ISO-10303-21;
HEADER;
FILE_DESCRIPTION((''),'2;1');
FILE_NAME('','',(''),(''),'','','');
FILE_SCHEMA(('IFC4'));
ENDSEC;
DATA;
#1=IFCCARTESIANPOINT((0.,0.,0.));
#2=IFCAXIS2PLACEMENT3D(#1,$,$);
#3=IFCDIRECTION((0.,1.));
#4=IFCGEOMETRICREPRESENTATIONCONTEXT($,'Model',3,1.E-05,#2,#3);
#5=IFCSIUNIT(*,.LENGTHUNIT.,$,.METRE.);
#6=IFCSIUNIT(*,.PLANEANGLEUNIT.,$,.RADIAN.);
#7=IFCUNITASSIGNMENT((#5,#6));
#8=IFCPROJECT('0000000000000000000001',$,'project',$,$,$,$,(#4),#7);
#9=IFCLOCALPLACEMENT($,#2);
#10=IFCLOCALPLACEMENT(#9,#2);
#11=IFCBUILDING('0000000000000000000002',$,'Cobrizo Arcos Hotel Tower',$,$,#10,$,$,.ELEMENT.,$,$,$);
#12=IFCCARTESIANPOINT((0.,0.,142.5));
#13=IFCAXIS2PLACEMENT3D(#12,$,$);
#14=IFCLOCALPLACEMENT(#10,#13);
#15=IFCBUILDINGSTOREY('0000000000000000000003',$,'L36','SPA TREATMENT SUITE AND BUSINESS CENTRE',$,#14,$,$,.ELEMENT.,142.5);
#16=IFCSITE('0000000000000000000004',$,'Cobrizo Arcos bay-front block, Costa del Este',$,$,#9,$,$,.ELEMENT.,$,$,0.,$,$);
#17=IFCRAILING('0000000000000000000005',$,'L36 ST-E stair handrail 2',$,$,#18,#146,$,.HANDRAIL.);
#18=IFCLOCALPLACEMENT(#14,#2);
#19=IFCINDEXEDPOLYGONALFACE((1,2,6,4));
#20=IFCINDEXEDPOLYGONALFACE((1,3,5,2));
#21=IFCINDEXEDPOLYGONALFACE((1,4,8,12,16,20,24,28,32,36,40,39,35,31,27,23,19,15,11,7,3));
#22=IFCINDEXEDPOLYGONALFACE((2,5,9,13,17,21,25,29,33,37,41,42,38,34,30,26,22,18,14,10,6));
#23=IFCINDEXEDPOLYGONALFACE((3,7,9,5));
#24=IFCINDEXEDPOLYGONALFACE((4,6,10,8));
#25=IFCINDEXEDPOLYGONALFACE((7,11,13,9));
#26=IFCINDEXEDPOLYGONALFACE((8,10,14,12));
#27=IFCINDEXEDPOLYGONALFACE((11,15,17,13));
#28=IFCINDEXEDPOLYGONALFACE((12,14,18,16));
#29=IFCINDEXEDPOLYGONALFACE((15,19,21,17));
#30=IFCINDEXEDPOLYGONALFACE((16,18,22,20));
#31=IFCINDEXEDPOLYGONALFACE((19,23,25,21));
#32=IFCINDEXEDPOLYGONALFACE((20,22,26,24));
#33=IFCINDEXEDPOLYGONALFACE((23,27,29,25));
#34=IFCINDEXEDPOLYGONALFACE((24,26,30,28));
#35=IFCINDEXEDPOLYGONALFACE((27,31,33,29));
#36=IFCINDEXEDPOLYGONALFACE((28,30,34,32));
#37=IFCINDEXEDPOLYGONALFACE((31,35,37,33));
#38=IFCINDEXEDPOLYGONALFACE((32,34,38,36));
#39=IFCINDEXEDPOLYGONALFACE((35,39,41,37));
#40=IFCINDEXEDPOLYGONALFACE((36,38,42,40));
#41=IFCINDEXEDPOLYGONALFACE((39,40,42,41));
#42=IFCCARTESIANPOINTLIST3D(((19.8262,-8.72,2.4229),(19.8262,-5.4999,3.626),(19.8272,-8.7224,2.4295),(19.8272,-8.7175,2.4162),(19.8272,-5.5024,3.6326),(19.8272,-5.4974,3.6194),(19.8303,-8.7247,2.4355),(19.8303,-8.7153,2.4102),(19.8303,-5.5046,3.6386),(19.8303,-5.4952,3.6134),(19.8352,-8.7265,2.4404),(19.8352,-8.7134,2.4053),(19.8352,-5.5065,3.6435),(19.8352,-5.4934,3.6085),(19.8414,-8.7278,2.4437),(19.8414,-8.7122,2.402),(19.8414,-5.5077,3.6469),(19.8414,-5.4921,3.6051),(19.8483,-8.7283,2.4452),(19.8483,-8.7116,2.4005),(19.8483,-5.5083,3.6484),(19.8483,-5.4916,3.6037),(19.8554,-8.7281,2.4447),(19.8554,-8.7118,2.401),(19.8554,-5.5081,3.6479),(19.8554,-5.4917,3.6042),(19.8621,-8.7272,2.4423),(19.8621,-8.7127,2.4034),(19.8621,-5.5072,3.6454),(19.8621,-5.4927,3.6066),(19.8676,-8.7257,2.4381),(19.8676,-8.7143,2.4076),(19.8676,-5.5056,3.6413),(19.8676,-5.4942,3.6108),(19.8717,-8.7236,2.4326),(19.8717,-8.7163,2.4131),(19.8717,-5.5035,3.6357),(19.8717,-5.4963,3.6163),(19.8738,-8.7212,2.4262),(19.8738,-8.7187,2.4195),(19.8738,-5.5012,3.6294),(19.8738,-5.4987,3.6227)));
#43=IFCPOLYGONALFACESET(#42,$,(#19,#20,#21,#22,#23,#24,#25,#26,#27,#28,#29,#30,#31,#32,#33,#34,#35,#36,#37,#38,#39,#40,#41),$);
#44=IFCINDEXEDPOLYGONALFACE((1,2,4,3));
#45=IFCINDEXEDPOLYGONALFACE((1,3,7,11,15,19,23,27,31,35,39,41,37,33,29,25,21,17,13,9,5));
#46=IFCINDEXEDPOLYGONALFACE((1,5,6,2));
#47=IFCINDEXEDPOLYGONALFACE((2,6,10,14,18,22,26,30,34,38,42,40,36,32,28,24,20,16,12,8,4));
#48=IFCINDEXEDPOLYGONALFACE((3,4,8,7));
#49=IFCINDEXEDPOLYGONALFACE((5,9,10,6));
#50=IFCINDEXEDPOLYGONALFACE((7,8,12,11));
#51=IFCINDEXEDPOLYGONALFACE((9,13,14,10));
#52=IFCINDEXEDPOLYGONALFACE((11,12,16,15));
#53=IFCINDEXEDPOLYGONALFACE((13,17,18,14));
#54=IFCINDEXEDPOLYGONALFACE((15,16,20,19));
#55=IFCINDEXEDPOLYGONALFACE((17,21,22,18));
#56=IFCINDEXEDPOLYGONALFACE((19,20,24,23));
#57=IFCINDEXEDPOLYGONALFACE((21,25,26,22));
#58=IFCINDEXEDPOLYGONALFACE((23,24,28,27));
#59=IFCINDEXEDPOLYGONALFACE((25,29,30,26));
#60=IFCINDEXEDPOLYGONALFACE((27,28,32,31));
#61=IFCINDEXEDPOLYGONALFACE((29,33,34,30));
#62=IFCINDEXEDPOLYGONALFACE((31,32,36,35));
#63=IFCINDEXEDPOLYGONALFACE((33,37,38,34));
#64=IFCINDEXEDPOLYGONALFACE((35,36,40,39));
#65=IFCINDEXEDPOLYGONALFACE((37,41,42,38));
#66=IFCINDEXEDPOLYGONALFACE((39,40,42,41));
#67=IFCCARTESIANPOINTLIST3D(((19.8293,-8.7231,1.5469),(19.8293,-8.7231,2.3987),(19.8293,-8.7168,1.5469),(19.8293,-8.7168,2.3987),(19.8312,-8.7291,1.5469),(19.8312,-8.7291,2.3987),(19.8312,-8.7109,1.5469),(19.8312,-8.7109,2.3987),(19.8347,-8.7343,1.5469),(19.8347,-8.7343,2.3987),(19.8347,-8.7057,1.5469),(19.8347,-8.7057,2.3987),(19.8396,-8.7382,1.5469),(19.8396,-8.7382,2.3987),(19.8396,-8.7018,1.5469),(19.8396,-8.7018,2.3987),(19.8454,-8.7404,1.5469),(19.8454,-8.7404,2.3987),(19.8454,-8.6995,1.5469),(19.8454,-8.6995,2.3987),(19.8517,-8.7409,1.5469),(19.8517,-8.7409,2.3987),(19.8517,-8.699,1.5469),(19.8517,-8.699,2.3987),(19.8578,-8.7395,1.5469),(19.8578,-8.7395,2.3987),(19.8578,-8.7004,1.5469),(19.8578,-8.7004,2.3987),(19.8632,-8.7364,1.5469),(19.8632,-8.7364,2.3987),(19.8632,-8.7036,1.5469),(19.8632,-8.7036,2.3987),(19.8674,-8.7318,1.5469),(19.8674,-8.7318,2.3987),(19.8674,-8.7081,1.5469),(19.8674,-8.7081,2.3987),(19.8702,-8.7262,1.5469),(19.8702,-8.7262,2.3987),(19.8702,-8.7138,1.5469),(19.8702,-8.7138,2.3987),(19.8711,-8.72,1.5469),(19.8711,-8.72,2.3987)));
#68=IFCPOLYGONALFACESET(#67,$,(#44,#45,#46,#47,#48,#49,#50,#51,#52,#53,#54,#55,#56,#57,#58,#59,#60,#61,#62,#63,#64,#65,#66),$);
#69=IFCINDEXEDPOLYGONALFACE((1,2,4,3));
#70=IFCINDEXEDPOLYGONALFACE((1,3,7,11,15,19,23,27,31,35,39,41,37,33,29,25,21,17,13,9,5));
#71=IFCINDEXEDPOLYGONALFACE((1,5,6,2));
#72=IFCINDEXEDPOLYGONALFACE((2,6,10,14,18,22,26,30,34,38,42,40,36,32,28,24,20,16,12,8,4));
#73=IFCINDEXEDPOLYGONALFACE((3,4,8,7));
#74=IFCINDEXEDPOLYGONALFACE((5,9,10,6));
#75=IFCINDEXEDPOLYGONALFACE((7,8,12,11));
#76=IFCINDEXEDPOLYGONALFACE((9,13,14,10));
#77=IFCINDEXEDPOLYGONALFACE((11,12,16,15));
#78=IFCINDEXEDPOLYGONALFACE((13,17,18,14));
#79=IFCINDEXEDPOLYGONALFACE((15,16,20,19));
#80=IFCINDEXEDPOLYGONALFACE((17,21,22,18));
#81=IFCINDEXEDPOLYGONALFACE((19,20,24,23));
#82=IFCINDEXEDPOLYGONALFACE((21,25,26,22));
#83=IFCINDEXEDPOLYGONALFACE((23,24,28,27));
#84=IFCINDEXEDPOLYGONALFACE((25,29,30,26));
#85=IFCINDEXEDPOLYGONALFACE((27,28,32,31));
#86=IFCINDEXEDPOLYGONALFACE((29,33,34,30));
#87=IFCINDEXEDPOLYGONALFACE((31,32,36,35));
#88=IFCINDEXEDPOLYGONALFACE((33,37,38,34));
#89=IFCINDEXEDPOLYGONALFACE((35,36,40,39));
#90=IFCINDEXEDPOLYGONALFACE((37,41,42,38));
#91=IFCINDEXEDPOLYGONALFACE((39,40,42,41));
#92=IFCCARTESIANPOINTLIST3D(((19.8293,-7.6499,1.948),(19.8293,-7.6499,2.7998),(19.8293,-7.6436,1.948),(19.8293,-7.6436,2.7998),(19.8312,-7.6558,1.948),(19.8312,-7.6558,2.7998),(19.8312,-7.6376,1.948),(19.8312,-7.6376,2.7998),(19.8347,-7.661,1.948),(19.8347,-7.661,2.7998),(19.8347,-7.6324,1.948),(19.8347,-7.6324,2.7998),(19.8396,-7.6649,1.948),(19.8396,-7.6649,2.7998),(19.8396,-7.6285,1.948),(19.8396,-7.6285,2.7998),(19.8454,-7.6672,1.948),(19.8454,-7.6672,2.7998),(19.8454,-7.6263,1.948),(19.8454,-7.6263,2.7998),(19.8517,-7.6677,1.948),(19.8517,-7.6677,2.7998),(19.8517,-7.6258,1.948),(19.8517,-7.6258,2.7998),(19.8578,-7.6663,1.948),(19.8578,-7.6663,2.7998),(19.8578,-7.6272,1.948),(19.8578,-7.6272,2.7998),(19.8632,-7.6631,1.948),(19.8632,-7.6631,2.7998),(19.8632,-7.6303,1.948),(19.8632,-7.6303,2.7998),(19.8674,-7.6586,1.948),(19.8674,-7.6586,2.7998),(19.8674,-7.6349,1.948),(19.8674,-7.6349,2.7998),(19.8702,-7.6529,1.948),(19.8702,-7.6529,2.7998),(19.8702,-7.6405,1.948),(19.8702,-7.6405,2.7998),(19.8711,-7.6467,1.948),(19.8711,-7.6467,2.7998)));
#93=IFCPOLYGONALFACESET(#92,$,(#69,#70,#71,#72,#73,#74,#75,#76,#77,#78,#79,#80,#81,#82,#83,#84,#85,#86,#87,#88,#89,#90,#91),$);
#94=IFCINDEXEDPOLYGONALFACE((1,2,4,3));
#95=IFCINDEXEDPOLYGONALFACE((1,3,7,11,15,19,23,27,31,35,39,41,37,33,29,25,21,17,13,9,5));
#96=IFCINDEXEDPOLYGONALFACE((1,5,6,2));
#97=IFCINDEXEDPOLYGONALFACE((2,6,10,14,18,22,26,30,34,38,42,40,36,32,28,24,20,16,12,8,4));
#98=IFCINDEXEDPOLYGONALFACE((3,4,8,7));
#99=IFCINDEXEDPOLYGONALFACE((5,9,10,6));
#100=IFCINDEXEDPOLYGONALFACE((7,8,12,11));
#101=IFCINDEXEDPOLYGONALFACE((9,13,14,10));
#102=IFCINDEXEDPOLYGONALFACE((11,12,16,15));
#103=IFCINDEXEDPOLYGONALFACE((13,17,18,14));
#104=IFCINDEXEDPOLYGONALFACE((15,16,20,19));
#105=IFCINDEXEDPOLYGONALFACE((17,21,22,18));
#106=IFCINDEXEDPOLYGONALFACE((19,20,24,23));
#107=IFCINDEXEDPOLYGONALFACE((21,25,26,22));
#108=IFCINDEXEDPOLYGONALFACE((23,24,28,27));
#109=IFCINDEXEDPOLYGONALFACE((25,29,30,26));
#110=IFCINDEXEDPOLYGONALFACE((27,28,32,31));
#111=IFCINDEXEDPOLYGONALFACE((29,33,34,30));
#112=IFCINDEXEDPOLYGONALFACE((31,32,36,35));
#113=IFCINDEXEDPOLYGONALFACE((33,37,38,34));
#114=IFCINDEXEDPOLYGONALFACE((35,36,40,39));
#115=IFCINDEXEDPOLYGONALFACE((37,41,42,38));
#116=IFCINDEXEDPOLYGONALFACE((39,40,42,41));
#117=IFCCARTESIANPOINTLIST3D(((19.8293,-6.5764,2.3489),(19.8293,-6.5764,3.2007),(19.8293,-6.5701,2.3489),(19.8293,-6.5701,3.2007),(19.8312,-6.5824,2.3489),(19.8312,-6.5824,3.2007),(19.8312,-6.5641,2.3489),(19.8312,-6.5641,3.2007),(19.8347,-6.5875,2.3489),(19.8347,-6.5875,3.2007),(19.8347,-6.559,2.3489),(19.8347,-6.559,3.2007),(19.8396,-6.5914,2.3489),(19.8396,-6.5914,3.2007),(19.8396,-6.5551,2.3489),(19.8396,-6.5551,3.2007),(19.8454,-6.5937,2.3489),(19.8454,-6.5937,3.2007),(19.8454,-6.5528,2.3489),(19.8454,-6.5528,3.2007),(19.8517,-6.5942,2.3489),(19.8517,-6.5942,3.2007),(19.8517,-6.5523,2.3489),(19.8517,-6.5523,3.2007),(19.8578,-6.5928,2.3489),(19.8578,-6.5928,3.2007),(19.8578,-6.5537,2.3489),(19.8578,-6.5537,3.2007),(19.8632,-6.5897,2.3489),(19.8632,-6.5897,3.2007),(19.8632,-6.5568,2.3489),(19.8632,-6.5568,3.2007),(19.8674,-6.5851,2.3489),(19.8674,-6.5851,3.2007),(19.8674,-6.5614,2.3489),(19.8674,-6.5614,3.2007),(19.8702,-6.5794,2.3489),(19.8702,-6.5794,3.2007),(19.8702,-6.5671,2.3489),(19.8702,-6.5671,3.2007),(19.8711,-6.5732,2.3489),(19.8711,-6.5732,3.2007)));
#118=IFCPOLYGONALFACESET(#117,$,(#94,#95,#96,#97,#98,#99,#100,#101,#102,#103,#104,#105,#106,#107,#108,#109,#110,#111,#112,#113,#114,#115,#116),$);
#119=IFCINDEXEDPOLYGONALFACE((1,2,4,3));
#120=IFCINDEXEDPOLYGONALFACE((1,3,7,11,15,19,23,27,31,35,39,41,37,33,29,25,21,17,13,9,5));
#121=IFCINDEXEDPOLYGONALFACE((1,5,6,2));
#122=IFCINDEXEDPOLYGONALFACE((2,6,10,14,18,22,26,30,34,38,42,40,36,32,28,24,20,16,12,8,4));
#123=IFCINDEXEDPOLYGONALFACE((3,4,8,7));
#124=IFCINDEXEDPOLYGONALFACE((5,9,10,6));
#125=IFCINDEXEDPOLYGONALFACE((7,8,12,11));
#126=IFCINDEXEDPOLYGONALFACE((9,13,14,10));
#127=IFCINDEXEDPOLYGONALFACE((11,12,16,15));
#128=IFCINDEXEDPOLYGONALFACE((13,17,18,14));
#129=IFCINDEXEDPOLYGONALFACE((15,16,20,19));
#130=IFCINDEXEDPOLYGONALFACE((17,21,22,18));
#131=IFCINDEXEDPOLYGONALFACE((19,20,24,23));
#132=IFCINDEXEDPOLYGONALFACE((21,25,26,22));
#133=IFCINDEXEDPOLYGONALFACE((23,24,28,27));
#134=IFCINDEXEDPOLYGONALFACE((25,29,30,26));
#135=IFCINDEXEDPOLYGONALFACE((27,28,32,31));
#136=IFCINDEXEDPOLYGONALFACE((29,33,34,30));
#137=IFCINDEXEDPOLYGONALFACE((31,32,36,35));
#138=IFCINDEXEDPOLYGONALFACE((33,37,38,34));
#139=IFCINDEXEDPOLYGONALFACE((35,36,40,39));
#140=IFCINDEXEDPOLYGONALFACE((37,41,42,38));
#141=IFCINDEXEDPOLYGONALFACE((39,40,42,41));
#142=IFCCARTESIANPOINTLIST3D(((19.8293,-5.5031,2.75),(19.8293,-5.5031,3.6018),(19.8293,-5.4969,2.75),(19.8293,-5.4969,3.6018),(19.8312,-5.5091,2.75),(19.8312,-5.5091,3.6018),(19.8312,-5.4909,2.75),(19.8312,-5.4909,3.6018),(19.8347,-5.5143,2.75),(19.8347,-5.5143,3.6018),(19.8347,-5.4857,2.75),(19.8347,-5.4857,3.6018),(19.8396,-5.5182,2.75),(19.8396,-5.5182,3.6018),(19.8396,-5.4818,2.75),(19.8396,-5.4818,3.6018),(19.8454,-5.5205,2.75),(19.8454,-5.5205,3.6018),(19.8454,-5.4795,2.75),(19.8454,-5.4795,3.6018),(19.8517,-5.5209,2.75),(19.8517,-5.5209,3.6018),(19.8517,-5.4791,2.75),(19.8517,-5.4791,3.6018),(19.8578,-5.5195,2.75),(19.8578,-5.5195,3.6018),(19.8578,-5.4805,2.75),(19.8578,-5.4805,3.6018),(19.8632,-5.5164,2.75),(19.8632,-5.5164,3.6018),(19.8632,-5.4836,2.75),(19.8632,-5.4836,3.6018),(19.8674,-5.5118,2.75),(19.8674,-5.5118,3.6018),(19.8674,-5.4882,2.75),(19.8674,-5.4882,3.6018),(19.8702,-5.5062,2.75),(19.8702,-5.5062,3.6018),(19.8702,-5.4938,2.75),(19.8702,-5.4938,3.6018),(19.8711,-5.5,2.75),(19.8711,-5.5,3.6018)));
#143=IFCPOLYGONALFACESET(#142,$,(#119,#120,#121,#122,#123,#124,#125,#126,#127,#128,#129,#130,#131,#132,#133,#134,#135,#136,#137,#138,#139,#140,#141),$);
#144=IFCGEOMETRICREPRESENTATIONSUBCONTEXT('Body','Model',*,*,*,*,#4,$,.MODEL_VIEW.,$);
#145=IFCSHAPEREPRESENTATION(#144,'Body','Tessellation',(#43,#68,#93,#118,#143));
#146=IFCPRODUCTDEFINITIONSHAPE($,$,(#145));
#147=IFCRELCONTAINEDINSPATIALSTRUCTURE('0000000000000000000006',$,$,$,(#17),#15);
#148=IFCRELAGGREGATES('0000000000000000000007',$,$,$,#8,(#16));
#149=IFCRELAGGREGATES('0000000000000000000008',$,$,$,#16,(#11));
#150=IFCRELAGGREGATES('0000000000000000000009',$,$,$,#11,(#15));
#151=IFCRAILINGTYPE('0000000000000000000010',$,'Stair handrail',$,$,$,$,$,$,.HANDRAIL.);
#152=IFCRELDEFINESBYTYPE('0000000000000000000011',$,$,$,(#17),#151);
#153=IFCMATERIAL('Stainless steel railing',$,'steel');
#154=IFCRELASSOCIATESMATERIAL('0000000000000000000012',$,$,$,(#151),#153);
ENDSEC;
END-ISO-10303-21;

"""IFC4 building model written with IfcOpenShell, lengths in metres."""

from ifc_helpers import new_model, si_unit, direction, frame, origin, origin_2d, place, context, subcontext, project, spatial, circle, extrude, material, type_object, element, save


model = new_model("IFC4")

# Units and contexts
model_context = context("Model", 3, precision=1e-05, world=origin(), true_north=direction((0.0, 1.0)))
body_context = subcontext(model_context, "Body", "Model", "MODEL_VIEW")
ifc_project = project(units=[si_unit("LENGTHUNIT", "METRE"), si_unit("PLANEANGLEUNIT", "RADIAN")], contexts=[model_context])

# Site, building, storey
site_placement = place(None, origin())
site = spatial("IfcSite", under=ifc_project, at=site_placement, Name="Cobrizo Arcos bay-front block, Costa del Este", CompositionType="ELEMENT", RefElevation=0.0)
building_placement = place(site_placement, origin())
building = spatial("IfcBuilding", under=site, at=building_placement, Name="Cobrizo Arcos Hotel Tower", CompositionType="ELEMENT")
storey_placement = place(building_placement, frame((0.0, 0.0, 142.5)))
storey = spatial("IfcBuildingStorey", under=building, at=storey_placement, Name="L36", Description="SPA TREATMENT SUITE AND BUSINESS CENTRE", CompositionType="ELEMENT", Elevation=142.5)

# Railing
ifc_material_1 = material(Name="Stainless steel railing", Category="steel")
railing_type_1 = type_object("IfcRailingType", Name="Stair handrail", PredefinedType="HANDRAIL", material=ifc_material_1)
railing_1_placement = place(storey_placement, frame((19.8501, -8.72, 1.5469)))
element("IfcRailing", 1, at=railing_1_placement, inside=storey, type_object=railing_type_1, Name="L36 ST-E stair handrail 2", PredefinedType="HANDRAIL", context=body_context, shape_type="SweptSolid", body=[
    extrude(circle(Radius=0.0239, at=origin_2d()), frame((0.0, 0.0, 0.876), z_axis=(0.0, 0.936746, 0.35001), x_axis=(-1.0, 0.0, 0.0)), (0.0, 0.0, 1.0), 3.4375),
    extrude(circle(Radius=0.021, at=origin_2d()), origin(), (0.0, 0.0, 1.0), 0.8518),
    extrude(circle(Radius=0.021, at=origin_2d()), frame((0.0, 1.0732, 0.4011)), (0.0, 0.0, 1.0), 0.8518),
    extrude(circle(Radius=0.021, at=origin_2d()), frame((0.0, 2.1467, 0.802)), (0.0, 0.0, 1.0), 0.8518),
    extrude(circle(Radius=0.021, at=origin_2d()), frame((0.0, 3.22, 1.2031)), (0.0, 0.0, 1.0), 0.8518),
])

save(model, "model.ifc")
